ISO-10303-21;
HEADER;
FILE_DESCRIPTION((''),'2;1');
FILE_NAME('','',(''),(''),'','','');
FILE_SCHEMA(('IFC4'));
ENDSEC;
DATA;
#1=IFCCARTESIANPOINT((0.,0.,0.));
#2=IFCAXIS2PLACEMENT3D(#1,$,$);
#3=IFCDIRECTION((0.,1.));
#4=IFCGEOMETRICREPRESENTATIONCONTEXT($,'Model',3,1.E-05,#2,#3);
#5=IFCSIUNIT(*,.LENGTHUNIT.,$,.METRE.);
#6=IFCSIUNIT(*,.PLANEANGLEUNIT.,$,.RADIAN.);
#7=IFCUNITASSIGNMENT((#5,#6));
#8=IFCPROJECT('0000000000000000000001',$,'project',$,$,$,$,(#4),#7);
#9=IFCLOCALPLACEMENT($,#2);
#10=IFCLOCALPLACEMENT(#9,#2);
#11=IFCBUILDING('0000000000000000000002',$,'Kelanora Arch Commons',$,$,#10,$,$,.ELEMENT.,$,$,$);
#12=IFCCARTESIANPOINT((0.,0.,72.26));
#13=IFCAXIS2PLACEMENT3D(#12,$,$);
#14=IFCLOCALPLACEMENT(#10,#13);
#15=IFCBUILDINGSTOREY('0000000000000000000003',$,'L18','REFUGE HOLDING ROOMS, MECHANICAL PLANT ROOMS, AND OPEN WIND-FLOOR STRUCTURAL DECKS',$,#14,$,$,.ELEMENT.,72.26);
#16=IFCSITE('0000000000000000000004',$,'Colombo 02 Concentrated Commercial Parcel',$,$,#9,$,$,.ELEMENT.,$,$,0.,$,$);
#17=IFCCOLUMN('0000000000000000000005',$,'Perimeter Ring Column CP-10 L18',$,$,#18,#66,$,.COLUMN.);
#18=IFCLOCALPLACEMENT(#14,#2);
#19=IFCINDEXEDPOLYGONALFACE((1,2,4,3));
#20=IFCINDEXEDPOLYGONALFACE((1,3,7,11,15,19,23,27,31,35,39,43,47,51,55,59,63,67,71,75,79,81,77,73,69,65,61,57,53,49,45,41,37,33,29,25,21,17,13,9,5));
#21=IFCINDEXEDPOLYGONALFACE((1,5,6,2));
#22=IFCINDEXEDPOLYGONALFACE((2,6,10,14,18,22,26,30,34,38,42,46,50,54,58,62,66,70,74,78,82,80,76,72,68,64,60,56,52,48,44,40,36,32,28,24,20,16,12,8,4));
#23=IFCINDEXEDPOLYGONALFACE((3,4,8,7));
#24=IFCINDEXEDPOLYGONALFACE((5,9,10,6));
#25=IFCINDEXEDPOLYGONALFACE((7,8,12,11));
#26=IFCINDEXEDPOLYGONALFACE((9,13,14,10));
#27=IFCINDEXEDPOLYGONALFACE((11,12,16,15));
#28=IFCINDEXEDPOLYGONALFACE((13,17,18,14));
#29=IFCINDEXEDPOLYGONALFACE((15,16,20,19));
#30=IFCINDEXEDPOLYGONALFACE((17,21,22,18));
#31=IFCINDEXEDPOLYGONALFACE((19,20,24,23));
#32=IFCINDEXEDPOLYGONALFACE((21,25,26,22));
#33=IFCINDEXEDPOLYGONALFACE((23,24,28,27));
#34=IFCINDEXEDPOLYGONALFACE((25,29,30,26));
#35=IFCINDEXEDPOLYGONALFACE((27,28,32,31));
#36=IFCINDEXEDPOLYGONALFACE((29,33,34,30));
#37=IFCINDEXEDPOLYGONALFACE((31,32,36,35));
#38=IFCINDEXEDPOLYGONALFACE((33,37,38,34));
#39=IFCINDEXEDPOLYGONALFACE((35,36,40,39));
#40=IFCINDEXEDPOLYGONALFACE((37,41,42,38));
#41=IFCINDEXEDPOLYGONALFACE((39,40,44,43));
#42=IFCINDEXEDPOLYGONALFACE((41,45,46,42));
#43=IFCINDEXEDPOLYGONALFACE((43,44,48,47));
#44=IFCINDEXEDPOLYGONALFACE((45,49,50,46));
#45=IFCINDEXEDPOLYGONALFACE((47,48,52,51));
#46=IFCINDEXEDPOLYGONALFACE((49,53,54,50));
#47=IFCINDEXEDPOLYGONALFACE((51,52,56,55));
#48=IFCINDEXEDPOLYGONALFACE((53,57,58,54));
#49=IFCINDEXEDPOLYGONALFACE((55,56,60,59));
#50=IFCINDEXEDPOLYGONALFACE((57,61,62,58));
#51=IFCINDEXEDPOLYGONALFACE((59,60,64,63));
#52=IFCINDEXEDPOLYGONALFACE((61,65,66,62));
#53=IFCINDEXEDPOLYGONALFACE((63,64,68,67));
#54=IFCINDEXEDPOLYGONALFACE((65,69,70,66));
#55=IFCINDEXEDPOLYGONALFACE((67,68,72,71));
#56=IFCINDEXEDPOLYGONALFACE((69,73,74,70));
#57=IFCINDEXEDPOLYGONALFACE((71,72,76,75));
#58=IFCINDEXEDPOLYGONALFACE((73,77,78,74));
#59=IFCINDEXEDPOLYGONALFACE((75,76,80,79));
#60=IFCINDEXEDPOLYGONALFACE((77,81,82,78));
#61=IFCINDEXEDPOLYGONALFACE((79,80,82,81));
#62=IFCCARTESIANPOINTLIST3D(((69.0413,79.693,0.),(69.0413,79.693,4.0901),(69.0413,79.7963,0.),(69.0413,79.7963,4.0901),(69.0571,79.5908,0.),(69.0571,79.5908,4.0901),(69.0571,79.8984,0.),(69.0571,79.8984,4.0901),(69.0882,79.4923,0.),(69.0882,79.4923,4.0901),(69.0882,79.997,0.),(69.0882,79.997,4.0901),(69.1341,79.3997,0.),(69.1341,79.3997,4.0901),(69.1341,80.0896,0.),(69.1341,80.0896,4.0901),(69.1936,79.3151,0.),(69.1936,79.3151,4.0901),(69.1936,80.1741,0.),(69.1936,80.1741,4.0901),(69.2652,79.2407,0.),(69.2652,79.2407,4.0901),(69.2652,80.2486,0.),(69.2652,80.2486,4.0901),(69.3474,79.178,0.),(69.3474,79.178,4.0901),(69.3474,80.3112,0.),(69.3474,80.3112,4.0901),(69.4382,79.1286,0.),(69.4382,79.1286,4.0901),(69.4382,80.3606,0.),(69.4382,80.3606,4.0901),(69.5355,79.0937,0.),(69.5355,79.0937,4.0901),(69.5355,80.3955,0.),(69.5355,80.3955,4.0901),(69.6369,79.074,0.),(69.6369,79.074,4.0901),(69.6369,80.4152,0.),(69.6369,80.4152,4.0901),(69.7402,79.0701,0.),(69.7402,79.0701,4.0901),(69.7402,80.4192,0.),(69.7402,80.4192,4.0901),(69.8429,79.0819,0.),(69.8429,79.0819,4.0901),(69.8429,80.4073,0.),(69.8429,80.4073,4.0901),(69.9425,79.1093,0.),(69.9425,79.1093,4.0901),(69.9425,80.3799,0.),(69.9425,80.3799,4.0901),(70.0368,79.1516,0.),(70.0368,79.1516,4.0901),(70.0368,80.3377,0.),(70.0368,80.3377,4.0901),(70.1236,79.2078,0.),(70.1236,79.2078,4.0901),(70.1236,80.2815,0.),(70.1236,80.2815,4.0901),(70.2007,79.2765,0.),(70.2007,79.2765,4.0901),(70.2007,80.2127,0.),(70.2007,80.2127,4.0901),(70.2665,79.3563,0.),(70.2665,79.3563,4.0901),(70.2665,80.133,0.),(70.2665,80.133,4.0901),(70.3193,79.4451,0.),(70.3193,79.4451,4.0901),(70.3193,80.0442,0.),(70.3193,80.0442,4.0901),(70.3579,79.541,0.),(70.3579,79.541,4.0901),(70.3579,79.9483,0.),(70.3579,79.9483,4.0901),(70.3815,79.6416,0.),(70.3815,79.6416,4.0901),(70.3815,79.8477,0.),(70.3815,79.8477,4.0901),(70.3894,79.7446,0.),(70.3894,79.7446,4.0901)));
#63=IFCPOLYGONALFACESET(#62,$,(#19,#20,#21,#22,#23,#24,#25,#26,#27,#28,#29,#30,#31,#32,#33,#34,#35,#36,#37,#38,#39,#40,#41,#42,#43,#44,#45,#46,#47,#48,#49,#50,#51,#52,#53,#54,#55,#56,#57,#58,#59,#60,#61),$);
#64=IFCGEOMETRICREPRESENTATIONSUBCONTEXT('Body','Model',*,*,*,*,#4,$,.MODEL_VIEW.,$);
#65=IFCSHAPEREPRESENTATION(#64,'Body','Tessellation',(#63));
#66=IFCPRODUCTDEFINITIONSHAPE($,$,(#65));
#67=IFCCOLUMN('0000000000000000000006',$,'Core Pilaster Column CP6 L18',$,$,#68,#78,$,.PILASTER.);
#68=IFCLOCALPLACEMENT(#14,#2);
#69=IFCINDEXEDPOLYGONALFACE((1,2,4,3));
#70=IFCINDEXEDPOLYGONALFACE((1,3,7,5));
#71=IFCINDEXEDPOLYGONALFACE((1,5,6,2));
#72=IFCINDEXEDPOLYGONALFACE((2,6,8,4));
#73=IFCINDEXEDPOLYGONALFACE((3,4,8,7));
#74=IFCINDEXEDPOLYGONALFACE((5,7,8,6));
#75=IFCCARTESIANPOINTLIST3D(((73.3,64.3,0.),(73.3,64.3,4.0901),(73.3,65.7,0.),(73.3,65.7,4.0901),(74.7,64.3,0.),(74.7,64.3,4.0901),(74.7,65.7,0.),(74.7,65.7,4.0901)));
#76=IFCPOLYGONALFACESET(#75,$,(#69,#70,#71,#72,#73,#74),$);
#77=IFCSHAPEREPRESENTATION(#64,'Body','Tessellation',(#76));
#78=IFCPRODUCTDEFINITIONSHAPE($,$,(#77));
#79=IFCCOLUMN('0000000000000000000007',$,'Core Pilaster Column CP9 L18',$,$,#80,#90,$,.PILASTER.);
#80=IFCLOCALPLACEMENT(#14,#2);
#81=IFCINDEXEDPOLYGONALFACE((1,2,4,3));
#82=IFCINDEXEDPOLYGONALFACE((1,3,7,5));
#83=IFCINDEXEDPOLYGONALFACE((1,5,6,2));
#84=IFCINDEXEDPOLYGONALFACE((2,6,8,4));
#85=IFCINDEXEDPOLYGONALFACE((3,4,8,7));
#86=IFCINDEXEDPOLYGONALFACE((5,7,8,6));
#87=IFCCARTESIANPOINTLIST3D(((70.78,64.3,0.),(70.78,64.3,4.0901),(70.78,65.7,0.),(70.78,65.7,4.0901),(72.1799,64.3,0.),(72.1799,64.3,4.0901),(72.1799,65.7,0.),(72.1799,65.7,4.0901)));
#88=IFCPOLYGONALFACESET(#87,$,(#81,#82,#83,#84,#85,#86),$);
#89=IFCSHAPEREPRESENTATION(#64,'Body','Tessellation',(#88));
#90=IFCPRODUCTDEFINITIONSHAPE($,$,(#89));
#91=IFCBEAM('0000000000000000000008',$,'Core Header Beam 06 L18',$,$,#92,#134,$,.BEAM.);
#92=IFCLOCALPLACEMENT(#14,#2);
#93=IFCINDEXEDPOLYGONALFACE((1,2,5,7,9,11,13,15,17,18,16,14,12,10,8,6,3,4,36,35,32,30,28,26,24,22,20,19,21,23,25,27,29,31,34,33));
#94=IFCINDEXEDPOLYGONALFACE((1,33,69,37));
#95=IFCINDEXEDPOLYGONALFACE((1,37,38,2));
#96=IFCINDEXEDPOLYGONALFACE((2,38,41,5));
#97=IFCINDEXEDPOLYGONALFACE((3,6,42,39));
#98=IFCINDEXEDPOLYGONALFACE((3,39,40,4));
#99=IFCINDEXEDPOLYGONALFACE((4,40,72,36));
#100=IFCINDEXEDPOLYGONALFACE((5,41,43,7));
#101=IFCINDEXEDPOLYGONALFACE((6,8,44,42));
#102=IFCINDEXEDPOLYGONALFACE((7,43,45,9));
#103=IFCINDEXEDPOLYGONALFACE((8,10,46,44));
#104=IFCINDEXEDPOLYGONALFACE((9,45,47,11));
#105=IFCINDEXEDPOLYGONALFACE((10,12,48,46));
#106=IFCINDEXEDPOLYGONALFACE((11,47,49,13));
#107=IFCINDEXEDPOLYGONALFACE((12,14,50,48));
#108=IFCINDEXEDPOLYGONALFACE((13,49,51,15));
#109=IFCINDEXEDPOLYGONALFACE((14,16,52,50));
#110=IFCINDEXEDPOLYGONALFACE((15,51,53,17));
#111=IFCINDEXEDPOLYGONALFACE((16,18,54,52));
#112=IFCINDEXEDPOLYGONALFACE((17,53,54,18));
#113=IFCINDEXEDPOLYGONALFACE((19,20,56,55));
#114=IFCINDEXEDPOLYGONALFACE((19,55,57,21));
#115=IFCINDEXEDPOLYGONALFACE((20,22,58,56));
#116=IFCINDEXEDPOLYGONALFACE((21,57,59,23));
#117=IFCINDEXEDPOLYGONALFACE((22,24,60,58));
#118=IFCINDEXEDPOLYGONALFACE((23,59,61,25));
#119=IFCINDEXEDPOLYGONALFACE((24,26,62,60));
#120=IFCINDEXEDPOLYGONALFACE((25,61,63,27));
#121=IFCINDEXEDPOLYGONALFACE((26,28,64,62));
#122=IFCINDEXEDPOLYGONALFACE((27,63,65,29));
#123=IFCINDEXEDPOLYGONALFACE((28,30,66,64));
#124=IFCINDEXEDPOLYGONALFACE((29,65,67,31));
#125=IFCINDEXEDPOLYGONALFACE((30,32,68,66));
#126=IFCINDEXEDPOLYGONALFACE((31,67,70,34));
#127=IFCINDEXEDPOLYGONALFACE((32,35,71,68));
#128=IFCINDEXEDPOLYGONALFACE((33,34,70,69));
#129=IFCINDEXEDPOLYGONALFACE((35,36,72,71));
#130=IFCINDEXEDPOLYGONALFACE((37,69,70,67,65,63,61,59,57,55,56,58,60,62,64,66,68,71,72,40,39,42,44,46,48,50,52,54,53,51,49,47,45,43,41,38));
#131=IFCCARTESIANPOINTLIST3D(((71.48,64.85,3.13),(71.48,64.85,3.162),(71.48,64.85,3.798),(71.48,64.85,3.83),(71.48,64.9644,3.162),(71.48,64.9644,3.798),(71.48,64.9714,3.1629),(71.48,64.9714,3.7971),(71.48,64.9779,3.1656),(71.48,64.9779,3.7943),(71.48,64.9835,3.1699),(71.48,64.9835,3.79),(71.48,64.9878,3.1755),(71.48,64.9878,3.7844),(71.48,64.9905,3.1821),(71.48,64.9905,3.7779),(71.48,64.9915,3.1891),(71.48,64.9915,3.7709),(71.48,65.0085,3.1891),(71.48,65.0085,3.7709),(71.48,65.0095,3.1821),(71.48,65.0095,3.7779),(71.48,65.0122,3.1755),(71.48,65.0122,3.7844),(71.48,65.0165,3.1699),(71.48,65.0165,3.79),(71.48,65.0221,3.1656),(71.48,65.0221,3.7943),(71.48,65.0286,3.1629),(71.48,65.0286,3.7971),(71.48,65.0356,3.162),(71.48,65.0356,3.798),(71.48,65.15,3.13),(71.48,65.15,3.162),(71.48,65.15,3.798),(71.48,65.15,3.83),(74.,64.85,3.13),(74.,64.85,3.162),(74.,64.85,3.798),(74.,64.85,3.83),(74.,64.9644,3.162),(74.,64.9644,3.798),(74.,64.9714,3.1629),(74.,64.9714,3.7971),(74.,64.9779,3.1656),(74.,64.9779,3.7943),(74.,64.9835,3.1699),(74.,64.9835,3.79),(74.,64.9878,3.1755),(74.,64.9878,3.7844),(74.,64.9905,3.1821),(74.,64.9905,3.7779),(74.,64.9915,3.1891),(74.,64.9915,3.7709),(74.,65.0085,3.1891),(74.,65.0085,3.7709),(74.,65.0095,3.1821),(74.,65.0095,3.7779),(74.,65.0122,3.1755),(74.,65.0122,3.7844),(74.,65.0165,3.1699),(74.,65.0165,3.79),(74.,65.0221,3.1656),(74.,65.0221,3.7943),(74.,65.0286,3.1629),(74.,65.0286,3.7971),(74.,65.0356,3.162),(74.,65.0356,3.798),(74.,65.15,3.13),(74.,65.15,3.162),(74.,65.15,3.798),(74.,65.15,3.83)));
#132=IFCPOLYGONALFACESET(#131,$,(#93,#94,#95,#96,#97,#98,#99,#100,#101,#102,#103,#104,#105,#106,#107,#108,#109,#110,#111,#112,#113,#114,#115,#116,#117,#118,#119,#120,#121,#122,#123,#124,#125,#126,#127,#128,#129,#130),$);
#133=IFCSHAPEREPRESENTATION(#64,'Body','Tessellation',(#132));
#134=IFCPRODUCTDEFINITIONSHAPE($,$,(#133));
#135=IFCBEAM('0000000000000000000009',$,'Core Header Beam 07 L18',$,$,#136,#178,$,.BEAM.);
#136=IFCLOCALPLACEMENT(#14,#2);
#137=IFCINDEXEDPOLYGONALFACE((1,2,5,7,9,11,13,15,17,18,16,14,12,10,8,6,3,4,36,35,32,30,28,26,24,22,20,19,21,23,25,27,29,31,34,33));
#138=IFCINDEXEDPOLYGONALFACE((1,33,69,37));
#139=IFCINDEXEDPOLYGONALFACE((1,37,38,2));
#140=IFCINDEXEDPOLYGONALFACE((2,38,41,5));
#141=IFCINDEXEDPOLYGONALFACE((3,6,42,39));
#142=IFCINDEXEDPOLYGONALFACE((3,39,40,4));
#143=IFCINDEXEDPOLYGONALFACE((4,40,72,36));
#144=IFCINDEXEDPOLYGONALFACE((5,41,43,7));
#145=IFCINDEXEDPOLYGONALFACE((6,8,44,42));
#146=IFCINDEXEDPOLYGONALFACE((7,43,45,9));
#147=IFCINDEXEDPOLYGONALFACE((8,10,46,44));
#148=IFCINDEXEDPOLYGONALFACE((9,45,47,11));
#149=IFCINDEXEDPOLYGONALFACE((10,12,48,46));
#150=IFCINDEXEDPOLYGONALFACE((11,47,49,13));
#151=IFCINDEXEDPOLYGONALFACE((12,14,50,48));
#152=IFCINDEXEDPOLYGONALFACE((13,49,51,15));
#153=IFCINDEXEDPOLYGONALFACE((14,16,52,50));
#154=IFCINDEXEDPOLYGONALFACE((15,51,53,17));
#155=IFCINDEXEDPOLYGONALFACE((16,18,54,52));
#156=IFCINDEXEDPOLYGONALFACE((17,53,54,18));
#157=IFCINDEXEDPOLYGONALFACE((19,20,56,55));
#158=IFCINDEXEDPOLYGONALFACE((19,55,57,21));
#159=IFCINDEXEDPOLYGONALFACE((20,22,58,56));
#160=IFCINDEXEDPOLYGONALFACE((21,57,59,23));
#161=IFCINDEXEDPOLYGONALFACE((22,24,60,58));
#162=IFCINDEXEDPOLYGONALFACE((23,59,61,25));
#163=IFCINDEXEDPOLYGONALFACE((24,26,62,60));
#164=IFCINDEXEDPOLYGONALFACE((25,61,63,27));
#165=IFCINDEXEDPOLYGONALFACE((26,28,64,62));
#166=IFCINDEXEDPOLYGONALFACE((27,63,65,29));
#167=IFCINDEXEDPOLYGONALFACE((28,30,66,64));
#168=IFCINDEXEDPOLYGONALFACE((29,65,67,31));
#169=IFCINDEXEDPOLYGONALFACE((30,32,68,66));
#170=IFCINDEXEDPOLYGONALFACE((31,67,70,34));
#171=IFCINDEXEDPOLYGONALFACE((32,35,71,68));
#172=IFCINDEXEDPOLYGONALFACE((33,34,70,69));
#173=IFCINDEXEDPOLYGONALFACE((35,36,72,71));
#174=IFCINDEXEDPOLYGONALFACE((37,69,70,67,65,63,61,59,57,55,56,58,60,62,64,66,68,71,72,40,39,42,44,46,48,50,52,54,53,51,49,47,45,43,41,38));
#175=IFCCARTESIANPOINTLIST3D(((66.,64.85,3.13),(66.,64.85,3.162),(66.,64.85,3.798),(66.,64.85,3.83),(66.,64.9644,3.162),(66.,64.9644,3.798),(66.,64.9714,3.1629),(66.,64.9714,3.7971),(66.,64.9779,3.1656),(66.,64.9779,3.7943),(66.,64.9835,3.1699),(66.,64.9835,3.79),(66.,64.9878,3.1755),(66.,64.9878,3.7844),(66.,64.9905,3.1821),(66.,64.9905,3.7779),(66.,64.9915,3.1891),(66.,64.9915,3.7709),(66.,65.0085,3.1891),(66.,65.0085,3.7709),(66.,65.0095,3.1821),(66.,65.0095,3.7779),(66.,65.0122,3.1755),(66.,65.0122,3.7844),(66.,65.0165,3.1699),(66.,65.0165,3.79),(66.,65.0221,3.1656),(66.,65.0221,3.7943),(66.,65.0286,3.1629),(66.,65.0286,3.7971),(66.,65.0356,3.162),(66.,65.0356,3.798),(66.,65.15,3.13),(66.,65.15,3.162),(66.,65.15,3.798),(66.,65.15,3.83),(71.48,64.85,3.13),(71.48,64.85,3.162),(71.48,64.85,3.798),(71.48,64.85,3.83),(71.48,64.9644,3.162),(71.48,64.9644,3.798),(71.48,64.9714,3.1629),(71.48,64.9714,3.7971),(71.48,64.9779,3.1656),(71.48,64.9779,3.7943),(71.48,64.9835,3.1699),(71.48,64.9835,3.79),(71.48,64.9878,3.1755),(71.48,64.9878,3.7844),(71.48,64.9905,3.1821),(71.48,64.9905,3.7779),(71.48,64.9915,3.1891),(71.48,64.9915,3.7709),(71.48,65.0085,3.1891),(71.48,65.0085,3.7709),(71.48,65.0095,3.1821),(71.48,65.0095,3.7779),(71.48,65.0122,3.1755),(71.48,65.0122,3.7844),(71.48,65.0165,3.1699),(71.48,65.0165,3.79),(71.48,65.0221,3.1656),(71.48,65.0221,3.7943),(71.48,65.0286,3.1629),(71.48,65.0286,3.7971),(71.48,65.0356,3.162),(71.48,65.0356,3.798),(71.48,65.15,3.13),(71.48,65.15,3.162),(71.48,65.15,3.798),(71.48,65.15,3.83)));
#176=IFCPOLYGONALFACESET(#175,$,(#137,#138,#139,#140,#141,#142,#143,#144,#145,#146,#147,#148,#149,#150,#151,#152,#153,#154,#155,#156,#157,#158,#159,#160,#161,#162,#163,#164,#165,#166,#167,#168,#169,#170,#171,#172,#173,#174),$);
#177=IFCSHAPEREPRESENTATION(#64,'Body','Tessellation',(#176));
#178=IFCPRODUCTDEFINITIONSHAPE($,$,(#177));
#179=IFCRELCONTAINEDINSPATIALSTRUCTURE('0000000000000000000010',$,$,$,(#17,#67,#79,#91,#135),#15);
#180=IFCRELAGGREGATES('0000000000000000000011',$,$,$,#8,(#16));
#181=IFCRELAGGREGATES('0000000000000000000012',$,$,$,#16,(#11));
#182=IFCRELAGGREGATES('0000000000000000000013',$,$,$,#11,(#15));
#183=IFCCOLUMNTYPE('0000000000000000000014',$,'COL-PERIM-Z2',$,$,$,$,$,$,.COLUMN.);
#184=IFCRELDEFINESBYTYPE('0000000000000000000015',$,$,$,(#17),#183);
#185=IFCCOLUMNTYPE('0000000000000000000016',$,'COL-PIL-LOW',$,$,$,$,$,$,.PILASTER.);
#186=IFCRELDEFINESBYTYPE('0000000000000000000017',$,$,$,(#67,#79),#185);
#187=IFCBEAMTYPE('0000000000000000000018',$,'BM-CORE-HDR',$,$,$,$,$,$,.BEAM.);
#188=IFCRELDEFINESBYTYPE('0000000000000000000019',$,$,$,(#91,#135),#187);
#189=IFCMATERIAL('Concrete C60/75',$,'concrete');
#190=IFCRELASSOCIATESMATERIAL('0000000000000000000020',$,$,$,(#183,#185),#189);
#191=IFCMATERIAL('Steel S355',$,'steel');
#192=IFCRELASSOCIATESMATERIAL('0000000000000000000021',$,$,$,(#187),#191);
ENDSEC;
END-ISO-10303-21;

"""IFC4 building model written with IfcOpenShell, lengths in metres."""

from ifc_helpers import new_model, si_unit, direction, frame, origin, origin_2d, place, context, subcontext, project, spatial, rectangle, circle, i_section, extrude, material, material_profile, profile_set, type_object, element, save


model = new_model("IFC4")

# Units and contexts
model_context = context("Model", 3, precision=1e-05, world=origin(), true_north=direction((0.0, 1.0)))
body_context = subcontext(model_context, "Body", "Model", "MODEL_VIEW")
ifc_project = project(units=[si_unit("LENGTHUNIT", "METRE"), si_unit("PLANEANGLEUNIT", "RADIAN")], contexts=[model_context])

# Site, building, storey
site_placement = place(None, origin())
site = spatial("IfcSite", under=ifc_project, at=site_placement, Name="Colombo 02 Concentrated Commercial Parcel", CompositionType="ELEMENT", RefElevation=0.0)
building_placement = place(site_placement, origin())
building = spatial("IfcBuilding", under=site, at=building_placement, Name="Kelanora Arch Commons", CompositionType="ELEMENT")
storey_placement = place(building_placement, frame((0.0, 0.0, 72.26)))
storey = spatial("IfcBuildingStorey", under=building, at=storey_placement, Name="L18", Description="REFUGE HOLDING ROOMS, MECHANICAL PLANT ROOMS, AND OPEN WIND-FLOOR STRUCTURAL DECKS", CompositionType="ELEMENT", Elevation=72.26)

# Columns
ifc_material_1 = material(Name="Concrete C60/75", Category="concrete")
ifc_material_profile_1 = material_profile(ifc_material_1, circle(Radius=0.675, at=origin_2d()), Name="RCC1350")
ifc_profile_set_1 = profile_set([ifc_material_profile_1], Name="Concrete C60/75")
column_type_1 = type_object("IfcColumnType", Name="COL-PERIM-Z2", PredefinedType="COLUMN", material=ifc_profile_set_1)
column_placement = place(storey_placement, frame((69.7144, 79.7446, 0.0), z_axis=(0.0, 0.0, 1.0), x_axis=(1.0, 0.0, 0.0)))
element("IfcColumn", 1, at=column_placement, inside=storey, type_object=column_type_1, Name="Perimeter Ring Column CP-10 L18", PredefinedType="COLUMN", context=body_context, shape_type="SweptSolid", body=[
    extrude(circle(Radius=0.675, at=origin_2d()), origin(), (0.0, 0.0, 1.0), 4.0901),
])
ifc_material_profile_2 = material_profile(ifc_material_1, rectangle(XDim=1.3999, YDim=1.3999, at=origin_2d()), Name="RC1400x1400")
ifc_profile_set_2 = profile_set([ifc_material_profile_2], Name="Concrete C60/75")
column_type_2 = type_object("IfcColumnType", Name="COL-PIL-LOW", PredefinedType="PILASTER", material=ifc_profile_set_2)
for number, where, z_axis, x_axis, name in (
    (2, (74.0, 65.0, 0.0), (0.0, 0.0, 1.0), (1.0, 0.0, 0.0), "Core Pilaster Column CP6 L18"),
    (3, (71.48, 65.0, 0.0), (0.0, 0.0, 1.0), (1.0, 0.0, 0.0), "Core Pilaster Column CP9 L18"),
):
    element("IfcColumn", number, at=place(storey_placement, frame(where, z_axis=z_axis, x_axis=x_axis)), inside=storey, type_object=column_type_2, Name=name, PredefinedType="PILASTER", context=body_context, shape_type="SweptSolid", body=[
        extrude(rectangle(XDim=1.3999, YDim=1.3999, at=origin_2d()), origin(), (0.0, 0.0, 1.0), 4.0901),
    ])

# Beams
ifc_material_2 = material(Name="Steel S355", Category="steel")
ifc_material_profile_3 = material_profile(ifc_material_2, i_section(OverallWidth=0.3, OverallDepth=0.7, WebThickness=0.0171, FlangeThickness=0.032, FilletRadius=0.0271, at=origin_2d()), Name="HEB700")
ifc_profile_set_3 = profile_set([ifc_material_profile_3], Name="Steel S355")
beam_type_1 = type_object("IfcBeamType", Name="BM-CORE-HDR", PredefinedType="BEAM", material=ifc_profile_set_3)
beam_1_placement = place(storey_placement, frame((74.0, 65.0, 3.48), z_axis=(-1.0, 0.0, 0.0), x_axis=(0.0, -1.0, 0.0)))
element("IfcBeam", 4, at=beam_1_placement, inside=storey, type_object=beam_type_1, Name="Core Header Beam 06 L18", PredefinedType="BEAM", context=body_context, shape_type="SweptSolid", body=[
    extrude(i_section(OverallWidth=0.3, OverallDepth=0.7, WebThickness=0.0171, FlangeThickness=0.032, FilletRadius=0.0271, at=origin_2d()), origin(), (0.0, 0.0, 1.0), 2.52),
])
beam_2_placement = place(storey_placement, frame((71.48, 65.0, 3.48), z_axis=(-1.0, 0.0, 0.0), x_axis=(0.0, -1.0, 0.0)))
element("IfcBeam", 5, at=beam_2_placement, inside=storey, type_object=beam_type_1, Name="Core Header Beam 07 L18", PredefinedType="BEAM", context=body_context, shape_type="SweptSolid", body=[
    extrude(i_section(OverallWidth=0.3, OverallDepth=0.7, WebThickness=0.0171, FlangeThickness=0.032, FilletRadius=0.0271, at=origin_2d()), origin(), (0.0, 0.0, 1.0), 5.48),
])

save(model, "model.ifc")
